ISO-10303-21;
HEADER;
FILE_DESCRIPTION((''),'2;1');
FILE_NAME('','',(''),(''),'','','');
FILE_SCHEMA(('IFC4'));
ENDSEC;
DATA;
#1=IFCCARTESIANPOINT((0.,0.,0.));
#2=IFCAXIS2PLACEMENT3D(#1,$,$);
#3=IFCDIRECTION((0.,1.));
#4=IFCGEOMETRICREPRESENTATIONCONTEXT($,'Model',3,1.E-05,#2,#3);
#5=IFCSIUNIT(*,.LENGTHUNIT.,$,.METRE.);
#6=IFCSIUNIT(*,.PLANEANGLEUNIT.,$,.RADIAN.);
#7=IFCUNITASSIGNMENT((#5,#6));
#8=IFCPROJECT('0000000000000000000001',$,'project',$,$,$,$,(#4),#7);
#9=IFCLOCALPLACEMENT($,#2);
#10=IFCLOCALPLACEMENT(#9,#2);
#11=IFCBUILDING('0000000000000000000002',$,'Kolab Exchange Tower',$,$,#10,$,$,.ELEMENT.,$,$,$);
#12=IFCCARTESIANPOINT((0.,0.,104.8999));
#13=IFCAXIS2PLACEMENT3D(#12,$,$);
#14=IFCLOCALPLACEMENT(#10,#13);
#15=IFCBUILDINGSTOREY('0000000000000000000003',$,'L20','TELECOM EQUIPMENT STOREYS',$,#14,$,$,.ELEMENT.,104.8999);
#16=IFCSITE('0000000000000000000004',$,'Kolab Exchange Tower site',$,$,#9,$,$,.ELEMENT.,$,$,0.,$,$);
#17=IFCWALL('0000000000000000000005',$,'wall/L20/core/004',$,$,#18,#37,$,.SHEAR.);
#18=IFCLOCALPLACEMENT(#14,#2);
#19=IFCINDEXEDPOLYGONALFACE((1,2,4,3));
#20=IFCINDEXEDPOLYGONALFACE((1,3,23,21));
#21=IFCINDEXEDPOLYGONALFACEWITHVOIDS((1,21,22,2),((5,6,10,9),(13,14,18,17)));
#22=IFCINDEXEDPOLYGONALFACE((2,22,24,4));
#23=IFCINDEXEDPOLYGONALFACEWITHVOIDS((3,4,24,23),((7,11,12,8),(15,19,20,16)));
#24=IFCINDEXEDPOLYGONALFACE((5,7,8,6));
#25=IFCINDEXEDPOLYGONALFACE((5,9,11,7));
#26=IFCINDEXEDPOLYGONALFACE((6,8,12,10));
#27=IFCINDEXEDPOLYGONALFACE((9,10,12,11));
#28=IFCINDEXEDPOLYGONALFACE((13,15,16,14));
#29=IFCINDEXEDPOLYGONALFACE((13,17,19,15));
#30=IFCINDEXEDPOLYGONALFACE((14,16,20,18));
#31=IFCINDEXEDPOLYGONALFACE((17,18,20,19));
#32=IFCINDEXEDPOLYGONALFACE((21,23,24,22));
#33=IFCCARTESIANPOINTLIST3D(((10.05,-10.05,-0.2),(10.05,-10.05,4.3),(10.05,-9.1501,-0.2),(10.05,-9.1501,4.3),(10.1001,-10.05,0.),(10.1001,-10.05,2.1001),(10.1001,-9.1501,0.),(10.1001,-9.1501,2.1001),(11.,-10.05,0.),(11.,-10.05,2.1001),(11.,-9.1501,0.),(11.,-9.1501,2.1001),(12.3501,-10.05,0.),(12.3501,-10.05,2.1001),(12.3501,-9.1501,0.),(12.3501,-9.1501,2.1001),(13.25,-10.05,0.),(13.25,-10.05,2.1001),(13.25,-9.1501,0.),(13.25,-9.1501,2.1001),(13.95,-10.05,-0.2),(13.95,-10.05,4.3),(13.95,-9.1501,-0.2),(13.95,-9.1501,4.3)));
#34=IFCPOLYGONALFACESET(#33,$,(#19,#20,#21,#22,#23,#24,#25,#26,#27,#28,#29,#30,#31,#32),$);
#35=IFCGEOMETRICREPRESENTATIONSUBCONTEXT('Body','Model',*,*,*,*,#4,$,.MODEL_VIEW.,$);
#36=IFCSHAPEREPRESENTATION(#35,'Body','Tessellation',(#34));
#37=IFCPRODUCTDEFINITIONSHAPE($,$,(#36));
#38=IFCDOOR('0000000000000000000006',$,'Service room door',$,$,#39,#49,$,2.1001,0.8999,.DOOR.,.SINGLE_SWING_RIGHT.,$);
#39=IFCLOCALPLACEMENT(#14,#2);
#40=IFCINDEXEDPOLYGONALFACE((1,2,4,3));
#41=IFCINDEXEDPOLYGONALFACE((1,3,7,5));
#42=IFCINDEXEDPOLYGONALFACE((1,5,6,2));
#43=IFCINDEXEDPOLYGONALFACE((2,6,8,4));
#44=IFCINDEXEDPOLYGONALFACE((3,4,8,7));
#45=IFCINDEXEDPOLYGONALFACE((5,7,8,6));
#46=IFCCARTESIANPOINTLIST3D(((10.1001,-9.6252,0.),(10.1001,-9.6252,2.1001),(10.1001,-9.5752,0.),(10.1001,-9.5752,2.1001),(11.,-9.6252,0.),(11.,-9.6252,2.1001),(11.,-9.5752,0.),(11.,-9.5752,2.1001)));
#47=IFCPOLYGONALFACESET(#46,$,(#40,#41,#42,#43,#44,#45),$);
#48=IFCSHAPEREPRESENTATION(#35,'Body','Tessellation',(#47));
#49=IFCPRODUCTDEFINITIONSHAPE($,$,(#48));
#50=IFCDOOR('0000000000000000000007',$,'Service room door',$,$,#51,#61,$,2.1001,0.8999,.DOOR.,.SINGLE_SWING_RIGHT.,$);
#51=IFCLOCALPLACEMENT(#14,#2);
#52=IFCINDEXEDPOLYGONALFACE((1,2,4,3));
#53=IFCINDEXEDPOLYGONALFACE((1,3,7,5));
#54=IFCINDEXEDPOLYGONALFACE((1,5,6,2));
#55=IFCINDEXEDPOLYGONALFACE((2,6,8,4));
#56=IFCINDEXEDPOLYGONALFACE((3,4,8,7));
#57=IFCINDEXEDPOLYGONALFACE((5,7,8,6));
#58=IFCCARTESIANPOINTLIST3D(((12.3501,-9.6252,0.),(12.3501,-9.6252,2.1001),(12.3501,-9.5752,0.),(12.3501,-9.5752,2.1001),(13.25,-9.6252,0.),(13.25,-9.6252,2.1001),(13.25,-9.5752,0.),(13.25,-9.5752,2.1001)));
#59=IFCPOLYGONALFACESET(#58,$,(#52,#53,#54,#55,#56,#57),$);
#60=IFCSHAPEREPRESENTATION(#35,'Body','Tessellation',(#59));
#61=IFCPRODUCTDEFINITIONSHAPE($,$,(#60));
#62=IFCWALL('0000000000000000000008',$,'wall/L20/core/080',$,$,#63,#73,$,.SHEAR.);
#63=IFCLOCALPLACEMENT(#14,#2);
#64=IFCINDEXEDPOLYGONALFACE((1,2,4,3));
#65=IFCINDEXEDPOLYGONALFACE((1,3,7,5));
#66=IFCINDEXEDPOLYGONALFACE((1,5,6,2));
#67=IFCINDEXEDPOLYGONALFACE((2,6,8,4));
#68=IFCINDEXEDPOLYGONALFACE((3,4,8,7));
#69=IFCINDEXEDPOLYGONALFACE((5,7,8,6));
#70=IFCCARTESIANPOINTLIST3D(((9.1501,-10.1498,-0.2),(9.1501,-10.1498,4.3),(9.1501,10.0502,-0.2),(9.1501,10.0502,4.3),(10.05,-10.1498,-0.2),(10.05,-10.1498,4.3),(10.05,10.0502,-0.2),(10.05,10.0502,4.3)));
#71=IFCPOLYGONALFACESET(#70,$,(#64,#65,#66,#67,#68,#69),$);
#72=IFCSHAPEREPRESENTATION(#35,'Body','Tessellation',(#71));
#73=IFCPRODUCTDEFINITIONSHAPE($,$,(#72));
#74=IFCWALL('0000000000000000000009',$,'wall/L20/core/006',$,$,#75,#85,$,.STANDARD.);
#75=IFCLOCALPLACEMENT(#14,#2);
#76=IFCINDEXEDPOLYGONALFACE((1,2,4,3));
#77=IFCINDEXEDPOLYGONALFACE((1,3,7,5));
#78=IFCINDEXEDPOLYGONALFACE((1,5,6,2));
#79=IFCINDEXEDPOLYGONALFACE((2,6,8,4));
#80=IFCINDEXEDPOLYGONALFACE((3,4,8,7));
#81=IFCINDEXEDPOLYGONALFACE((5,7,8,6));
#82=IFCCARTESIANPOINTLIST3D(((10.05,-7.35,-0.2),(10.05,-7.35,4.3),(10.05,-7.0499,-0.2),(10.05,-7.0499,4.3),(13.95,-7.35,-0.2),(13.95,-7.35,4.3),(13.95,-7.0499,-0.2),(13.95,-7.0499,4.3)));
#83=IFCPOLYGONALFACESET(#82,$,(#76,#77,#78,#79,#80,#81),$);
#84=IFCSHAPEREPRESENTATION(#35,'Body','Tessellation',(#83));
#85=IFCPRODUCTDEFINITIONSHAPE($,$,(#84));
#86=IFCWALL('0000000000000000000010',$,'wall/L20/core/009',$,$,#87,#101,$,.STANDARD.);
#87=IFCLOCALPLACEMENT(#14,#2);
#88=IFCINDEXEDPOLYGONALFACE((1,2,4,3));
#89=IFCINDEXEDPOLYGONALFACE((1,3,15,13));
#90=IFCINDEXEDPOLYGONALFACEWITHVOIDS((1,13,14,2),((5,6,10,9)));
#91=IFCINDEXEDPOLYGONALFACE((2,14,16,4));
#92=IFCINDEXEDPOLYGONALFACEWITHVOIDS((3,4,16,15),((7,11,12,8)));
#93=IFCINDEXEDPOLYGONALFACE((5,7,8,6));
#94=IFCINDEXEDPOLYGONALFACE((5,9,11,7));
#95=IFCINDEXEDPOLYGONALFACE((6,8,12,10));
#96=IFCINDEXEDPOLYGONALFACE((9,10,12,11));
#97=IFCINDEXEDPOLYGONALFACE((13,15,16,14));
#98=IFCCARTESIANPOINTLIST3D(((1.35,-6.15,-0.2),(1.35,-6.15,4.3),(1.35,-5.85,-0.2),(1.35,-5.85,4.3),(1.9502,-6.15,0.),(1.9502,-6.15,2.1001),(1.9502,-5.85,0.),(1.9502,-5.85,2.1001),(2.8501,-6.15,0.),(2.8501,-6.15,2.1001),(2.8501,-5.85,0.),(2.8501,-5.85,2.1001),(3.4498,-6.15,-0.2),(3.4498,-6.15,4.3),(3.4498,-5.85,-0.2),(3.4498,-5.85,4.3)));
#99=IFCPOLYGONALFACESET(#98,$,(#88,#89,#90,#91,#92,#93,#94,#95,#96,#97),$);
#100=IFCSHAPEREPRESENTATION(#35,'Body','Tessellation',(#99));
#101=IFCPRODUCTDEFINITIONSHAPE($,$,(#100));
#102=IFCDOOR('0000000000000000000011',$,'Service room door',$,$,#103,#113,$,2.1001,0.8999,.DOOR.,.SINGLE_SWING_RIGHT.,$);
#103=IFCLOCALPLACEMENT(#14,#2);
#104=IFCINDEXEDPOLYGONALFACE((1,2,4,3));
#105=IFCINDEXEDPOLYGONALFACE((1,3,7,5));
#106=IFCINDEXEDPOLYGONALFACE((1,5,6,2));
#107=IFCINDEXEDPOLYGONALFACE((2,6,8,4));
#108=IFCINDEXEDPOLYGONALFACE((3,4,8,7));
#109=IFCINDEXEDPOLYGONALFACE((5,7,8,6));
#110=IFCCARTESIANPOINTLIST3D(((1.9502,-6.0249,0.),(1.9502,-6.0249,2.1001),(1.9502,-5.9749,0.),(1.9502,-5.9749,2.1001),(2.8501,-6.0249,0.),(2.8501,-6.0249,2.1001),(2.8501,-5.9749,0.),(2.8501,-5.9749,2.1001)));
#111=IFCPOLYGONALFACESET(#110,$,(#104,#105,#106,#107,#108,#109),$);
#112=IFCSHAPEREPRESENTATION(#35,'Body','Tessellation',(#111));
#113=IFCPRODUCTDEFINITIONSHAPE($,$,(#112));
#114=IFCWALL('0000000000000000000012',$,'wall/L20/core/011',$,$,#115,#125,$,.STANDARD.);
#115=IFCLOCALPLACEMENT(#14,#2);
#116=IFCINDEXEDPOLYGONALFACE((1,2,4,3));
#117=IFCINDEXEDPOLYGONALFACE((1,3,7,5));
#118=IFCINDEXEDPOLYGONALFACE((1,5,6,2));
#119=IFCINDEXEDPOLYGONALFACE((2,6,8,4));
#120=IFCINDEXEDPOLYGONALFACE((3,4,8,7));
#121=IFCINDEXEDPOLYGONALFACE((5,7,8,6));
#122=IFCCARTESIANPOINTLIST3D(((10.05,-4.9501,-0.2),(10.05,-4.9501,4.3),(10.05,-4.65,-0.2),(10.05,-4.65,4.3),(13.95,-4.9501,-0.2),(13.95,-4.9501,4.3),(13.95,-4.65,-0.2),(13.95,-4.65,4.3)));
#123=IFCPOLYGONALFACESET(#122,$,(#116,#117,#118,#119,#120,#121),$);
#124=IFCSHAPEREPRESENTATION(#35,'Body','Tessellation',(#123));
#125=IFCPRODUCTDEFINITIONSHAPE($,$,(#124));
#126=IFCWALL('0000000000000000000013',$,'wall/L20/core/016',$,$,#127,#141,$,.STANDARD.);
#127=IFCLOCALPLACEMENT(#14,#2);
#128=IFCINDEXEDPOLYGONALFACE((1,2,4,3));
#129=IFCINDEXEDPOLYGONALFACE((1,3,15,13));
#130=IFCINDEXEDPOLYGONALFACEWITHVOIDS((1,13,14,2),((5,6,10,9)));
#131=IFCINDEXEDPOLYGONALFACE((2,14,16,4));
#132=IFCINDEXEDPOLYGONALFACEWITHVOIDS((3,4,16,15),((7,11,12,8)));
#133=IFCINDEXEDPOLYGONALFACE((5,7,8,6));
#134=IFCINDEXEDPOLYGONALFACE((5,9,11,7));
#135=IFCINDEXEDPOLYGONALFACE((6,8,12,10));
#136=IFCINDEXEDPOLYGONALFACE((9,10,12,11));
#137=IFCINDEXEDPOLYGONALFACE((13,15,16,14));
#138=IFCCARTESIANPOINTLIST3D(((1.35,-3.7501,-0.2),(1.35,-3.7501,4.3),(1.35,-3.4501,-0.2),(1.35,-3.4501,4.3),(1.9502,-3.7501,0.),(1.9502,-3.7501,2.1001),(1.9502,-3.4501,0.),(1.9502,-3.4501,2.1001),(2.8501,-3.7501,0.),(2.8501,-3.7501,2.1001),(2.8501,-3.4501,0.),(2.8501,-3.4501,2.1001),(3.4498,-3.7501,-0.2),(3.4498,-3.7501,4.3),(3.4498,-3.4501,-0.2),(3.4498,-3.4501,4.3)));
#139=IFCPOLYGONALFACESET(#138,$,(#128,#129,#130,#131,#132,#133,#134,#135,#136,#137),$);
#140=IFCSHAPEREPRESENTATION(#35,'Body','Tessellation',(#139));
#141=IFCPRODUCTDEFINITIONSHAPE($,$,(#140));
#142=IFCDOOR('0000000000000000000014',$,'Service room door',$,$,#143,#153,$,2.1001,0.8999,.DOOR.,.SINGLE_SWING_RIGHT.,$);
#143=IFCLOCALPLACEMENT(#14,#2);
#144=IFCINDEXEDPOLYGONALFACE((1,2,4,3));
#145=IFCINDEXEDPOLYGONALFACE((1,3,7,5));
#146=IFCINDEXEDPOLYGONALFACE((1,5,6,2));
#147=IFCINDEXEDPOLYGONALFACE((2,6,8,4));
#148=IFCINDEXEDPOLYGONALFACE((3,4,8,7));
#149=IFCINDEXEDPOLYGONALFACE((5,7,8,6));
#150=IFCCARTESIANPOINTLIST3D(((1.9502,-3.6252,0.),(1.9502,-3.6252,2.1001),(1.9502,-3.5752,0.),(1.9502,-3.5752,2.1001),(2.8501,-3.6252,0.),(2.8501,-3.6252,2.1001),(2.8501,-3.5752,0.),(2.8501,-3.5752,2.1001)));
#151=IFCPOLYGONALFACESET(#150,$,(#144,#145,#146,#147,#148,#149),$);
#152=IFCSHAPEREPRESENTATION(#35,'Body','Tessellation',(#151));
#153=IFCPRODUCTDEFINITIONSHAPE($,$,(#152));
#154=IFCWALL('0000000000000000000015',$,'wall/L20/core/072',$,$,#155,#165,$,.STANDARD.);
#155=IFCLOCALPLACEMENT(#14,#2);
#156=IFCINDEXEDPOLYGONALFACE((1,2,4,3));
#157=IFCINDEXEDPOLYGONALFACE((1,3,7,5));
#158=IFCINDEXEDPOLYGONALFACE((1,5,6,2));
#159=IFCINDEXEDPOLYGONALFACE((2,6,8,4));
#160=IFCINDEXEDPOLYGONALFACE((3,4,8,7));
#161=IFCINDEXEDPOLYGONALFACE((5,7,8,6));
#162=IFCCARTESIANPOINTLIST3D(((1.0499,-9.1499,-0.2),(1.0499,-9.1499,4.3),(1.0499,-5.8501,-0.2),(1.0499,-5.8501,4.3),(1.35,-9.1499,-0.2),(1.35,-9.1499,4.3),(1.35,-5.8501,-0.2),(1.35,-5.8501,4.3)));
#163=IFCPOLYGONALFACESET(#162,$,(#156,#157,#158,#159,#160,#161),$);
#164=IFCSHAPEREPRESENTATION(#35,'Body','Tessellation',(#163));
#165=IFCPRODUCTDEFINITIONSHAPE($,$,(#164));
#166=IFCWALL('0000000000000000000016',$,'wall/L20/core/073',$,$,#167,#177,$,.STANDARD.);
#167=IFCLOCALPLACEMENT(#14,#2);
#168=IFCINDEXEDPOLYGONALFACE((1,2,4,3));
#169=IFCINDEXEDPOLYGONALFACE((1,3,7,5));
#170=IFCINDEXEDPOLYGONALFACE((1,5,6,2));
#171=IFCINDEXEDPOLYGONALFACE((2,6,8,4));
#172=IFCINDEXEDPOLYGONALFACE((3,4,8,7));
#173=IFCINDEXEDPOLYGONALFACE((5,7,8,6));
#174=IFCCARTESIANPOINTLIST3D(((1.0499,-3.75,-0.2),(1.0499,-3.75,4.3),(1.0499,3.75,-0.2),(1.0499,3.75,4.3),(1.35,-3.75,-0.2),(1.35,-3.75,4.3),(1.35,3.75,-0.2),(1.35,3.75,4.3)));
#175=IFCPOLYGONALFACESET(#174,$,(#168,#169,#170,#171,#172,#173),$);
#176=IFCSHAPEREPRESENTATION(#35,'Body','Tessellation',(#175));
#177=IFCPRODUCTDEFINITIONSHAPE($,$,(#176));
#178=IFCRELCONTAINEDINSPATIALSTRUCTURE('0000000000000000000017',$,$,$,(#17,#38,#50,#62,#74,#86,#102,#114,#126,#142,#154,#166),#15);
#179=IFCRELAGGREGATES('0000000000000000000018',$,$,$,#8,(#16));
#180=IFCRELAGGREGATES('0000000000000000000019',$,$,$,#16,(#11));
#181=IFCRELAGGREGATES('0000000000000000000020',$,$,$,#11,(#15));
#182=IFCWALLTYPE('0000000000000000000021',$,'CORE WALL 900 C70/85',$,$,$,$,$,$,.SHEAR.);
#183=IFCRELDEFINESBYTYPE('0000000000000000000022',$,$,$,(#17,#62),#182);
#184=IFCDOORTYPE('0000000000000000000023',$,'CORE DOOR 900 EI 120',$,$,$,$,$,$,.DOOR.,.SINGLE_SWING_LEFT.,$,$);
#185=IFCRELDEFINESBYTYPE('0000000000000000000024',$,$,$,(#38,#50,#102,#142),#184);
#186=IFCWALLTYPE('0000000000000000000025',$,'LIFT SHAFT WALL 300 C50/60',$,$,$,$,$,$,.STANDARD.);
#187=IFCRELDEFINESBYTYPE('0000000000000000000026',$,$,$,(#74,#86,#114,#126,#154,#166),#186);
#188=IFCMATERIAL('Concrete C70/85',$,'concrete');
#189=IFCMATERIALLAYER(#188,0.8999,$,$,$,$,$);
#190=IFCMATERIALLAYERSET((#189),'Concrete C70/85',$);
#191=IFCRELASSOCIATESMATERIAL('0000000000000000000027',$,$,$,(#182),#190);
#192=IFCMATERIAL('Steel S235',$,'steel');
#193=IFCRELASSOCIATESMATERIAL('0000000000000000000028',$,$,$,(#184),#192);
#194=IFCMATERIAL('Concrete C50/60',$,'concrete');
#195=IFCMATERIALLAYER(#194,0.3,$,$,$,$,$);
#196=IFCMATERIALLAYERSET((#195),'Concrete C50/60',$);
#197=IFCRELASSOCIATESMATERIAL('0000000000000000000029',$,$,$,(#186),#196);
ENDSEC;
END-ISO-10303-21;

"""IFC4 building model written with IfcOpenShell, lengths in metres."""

from ifc_helpers import new_model, si_unit, direction, frame, frame_2d, origin, place, context, subcontext, project, spatial, rectangle, extrude, material, layer, layer_set, type_object, element, fill, save


model = new_model("IFC4")

# Units and contexts
model_context = context("Model", 3, precision=1e-05, world=origin(), true_north=direction((0.0, 1.0)))
body_context = subcontext(model_context, "Body", "Model", "MODEL_VIEW")
ifc_project = project(units=[si_unit("LENGTHUNIT", "METRE"), si_unit("PLANEANGLEUNIT", "RADIAN")], contexts=[model_context])

# Site, building, storey
site_placement = place(None, origin())
site = spatial("IfcSite", under=ifc_project, at=site_placement, Name="Kolab Exchange Tower site", CompositionType="ELEMENT", RefElevation=0.0)
building_placement = place(site_placement, origin())
building = spatial("IfcBuilding", under=site, at=building_placement, Name="Kolab Exchange Tower", CompositionType="ELEMENT")
storey_placement = place(building_placement, frame((0.0, 0.0, 104.8999)))
storey = spatial("IfcBuildingStorey", under=building, at=storey_placement, Name="L20", Description="TELECOM EQUIPMENT STOREYS", CompositionType="ELEMENT", Elevation=104.8999)

# Wall, openings, doors
ifc_material_1 = material(Name="Concrete C70/85", Category="concrete")
ifc_layer_1 = layer(ifc_material_1, 0.8999)
ifc_layer_set_1 = layer_set([ifc_layer_1], Name="Concrete C70/85")
wall_type_1 = type_object("IfcWallType", Name="CORE WALL 900 C70/85", PredefinedType="SHEAR", material=ifc_layer_set_1)
wall_1_placement = place(storey_placement, frame((10.05, -9.6001, -0.2), z_axis=(0.0, 0.0, 1.0), x_axis=(1.0, 0.0, 0.0)))
wall_1 = element("IfcWall", 1, at=wall_1_placement, inside=storey, type_object=wall_type_1, Name="wall/L20/core/004", PredefinedType="SHEAR", context=body_context, shape_type="SweptSolid", body=[
    extrude(rectangle(XDim=3.8999, YDim=0.8999, at=frame_2d((1.95, 0.0))), origin(), (0.0, 0.0, 1.0), 4.5),
])
opening_1_placement = place(wall_1_placement, frame((0.05, 0.0, 0.2)))
opening_1 = element("IfcOpeningElement", 2, at=opening_1_placement, cuts=wall_1, PredefinedType="OPENING", context=body_context, shape_type="SweptSolid", body=[
    extrude(rectangle(XDim=0.8999, YDim=2.1001, at=frame_2d((0.45, 1.05))), frame((0.0, 0.46, 0.0), z_axis=(0.0, -1.0, 0.0), x_axis=(1.0, 0.0, 0.0)), (0.0, 0.0, 1.0), 0.9199),
])
opening_2_placement = place(wall_1_placement, frame((2.3, 0.0, 0.2)))
opening_2 = element("IfcOpeningElement", 3, at=opening_2_placement, cuts=wall_1, PredefinedType="OPENING", context=body_context, shape_type="SweptSolid", body=[
    extrude(rectangle(XDim=0.8999, YDim=2.1001, at=frame_2d((0.45, 1.05))), frame((0.0, 0.46, 0.0), z_axis=(0.0, -1.0, 0.0), x_axis=(1.0, 0.0, 0.0)), (0.0, 0.0, 1.0), 0.9199),
])
ifc_material_2 = material(Name="Steel S235", Category="steel")
door_type_1 = type_object("IfcDoorType", Name="CORE DOOR 900 EI 120", OperationType="SINGLE_SWING_LEFT", PredefinedType="DOOR", material=ifc_material_2)
door_1_placement = place(opening_1_placement, origin())
door_1 = element("IfcDoor", 4, at=door_1_placement, inside=storey, type_object=door_type_1, Name="Service room door", OperationType="SINGLE_SWING_RIGHT", OverallHeight=2.1001, OverallWidth=0.8999, PredefinedType="DOOR", context=body_context, shape_type="SweptSolid", body=[
    extrude(rectangle(XDim=0.8999, YDim=2.1001, at=frame_2d((0.45, 1.05))), frame((0.0, 0.0249, 0.0), z_axis=(0.0, -1.0, 0.0), x_axis=(1.0, 0.0, 0.0)), (0.0, 0.0, 1.0), 0.05),
])
fill(opening_1, door_1)
door_2_placement = place(opening_2_placement, origin())
door_2 = element("IfcDoor", 5, at=door_2_placement, inside=storey, type_object=door_type_1, Name="Service room door", OperationType="SINGLE_SWING_RIGHT", OverallHeight=2.1001, OverallWidth=0.8999, PredefinedType="DOOR", context=body_context, shape_type="SweptSolid", body=[
    extrude(rectangle(XDim=0.8999, YDim=2.1001, at=frame_2d((0.45, 1.05))), frame((0.0, 0.0249, 0.0), z_axis=(0.0, -1.0, 0.0), x_axis=(1.0, 0.0, 0.0)), (0.0, 0.0, 1.0), 0.05),
])
fill(opening_2, door_2)

# Walls
wall_2_placement = place(storey_placement, frame((9.6001, -10.1499, -0.2), z_axis=(0.0, 0.0, 1.0), x_axis=(0.0, 1.0, 0.0)))
element("IfcWall", 6, at=wall_2_placement, inside=storey, type_object=wall_type_1, Name="wall/L20/core/080", PredefinedType="SHEAR", context=body_context, shape_type="SweptSolid", body=[
    extrude(rectangle(XDim=20.2, YDim=0.8999, at=frame_2d((10.1001, 0.0))), origin(), (0.0, 0.0, 1.0), 4.5),
])
ifc_material_3 = material(Name="Concrete C50/60", Category="concrete")
ifc_layer_2 = layer(ifc_material_3, 0.3)
ifc_layer_set_2 = layer_set([ifc_layer_2], Name="Concrete C50/60")
wall_type_2 = type_object("IfcWallType", Name="LIFT SHAFT WALL 300 C50/60", PredefinedType="STANDARD", material=ifc_layer_set_2)
wall_3_placement = place(storey_placement, frame((10.05, -7.2, -0.2), z_axis=(0.0, 0.0, 1.0), x_axis=(1.0, 0.0, 0.0)))
element("IfcWall", 7, at=wall_3_placement, inside=storey, type_object=wall_type_2, Name="wall/L20/core/006", PredefinedType="STANDARD", context=body_context, shape_type="SweptSolid", body=[
    extrude(rectangle(XDim=3.8999, YDim=0.3, at=frame_2d((1.95, 0.0))), origin(), (0.0, 0.0, 1.0), 4.5),
])

# Wall, opening, door
wall_4_placement = place(storey_placement, frame((1.3501, -6.0, -0.2), z_axis=(0.0, 0.0, 1.0), x_axis=(1.0, 0.0, 0.0)))
wall_4 = element("IfcWall", 8, at=wall_4_placement, inside=storey, type_object=wall_type_2, Name="wall/L20/core/009", PredefinedType="STANDARD", context=body_context, shape_type="SweptSolid", body=[
    extrude(rectangle(XDim=2.0999, YDim=0.3, at=frame_2d((1.0498, 0.0))), origin(), (0.0, 0.0, 1.0), 4.5),
])
opening_3_placement = place(wall_4_placement, frame((0.6001, 0.0, 0.2)))
opening_3 = element("IfcOpeningElement", 9, at=opening_3_placement, cuts=wall_4, PredefinedType="OPENING", context=body_context, shape_type="SweptSolid", body=[
    extrude(rectangle(XDim=0.8999, YDim=2.1001, at=frame_2d((0.45, 1.05))), frame((0.0, 0.1602, 0.0), z_axis=(0.0, -1.0, 0.0), x_axis=(1.0, 0.0, 0.0)), (0.0, 0.0, 1.0), 0.3201),
])
door_3_placement = place(opening_3_placement, frame((0.8999, 0.0, 0.0), z_axis=(0.0, 0.0, 1.0), x_axis=(-1.0, 0.0, 0.0)))
door_3 = element("IfcDoor", 10, at=door_3_placement, inside=storey, type_object=door_type_1, Name="Service room door", OperationType="SINGLE_SWING_RIGHT", OverallHeight=2.1001, OverallWidth=0.8999, PredefinedType="DOOR", context=body_context, shape_type="SweptSolid", body=[
    extrude(rectangle(XDim=0.8999, YDim=2.1001, at=frame_2d((0.45, 1.05))), frame((0.0, 0.0249, 0.0), z_axis=(0.0, -1.0, 0.0), x_axis=(1.0, 0.0, 0.0)), (0.0, 0.0, 1.0), 0.05),
])
fill(opening_3, door_3)

# Wall
wall_5_placement = place(storey_placement, frame((10.05, -4.8, -0.2), z_axis=(0.0, 0.0, 1.0), x_axis=(1.0, 0.0, 0.0)))
element("IfcWall", 11, at=wall_5_placement, inside=storey, type_object=wall_type_2, Name="wall/L20/core/011", PredefinedType="STANDARD", context=body_context, shape_type="SweptSolid", body=[
    extrude(rectangle(XDim=3.8999, YDim=0.3, at=frame_2d((1.95, 0.0))), origin(), (0.0, 0.0, 1.0), 4.5),
])

# Wall, opening, door
wall_6_placement = place(storey_placement, frame((1.3501, -3.6001, -0.2), z_axis=(0.0, 0.0, 1.0), x_axis=(1.0, 0.0, 0.0)))
wall_6 = element("IfcWall", 12, at=wall_6_placement, inside=storey, type_object=wall_type_2, Name="wall/L20/core/016", PredefinedType="STANDARD", context=body_context, shape_type="SweptSolid", body=[
    extrude(rectangle(XDim=2.0999, YDim=0.3, at=frame_2d((1.0498, 0.0))), origin(), (0.0, 0.0, 1.0), 4.5),
])
opening_4_placement = place(wall_6_placement, frame((0.6001, 0.0, 0.2)))
opening_4 = element("IfcOpeningElement", 13, at=opening_4_placement, cuts=wall_6, PredefinedType="OPENING", context=body_context, shape_type="SweptSolid", body=[
    extrude(rectangle(XDim=0.8999, YDim=2.1001, at=frame_2d((0.45, 1.05))), frame((0.0, 0.1602, 0.0), z_axis=(0.0, -1.0, 0.0), x_axis=(1.0, 0.0, 0.0)), (0.0, 0.0, 1.0), 0.3201),
])
door_4_placement = place(opening_4_placement, origin())
door_4 = element("IfcDoor", 14, at=door_4_placement, inside=storey, type_object=door_type_1, Name="Service room door", OperationType="SINGLE_SWING_RIGHT", OverallHeight=2.1001, OverallWidth=0.8999, PredefinedType="DOOR", context=body_context, shape_type="SweptSolid", body=[
    extrude(rectangle(XDim=0.8999, YDim=2.1001, at=frame_2d((0.45, 1.05))), frame((0.0, 0.0249, 0.0), z_axis=(0.0, -1.0, 0.0), x_axis=(1.0, 0.0, 0.0)), (0.0, 0.0, 1.0), 0.05),
])
fill(opening_4, door_4)

# Walls
wall_7_placement = place(storey_placement, frame((1.2, -9.1499, -0.2), z_axis=(0.0, 0.0, 1.0), x_axis=(0.0, 1.0, 0.0)))
element("IfcWall", 15, at=wall_7_placement, inside=storey, type_object=wall_type_2, Name="wall/L20/core/072", PredefinedType="STANDARD", context=body_context, shape_type="SweptSolid", body=[
    extrude(rectangle(XDim=3.2998, YDim=0.3, at=frame_2d((1.6499, 0.0))), origin(), (0.0, 0.0, 1.0), 4.5),
])
wall_8_placement = place(storey_placement, frame((1.2, -3.75, -0.2), z_axis=(0.0, 0.0, 1.0), x_axis=(0.0, 1.0, 0.0)))
element("IfcWall", 16, at=wall_8_placement, inside=storey, type_object=wall_type_2, Name="wall/L20/core/073", PredefinedType="STANDARD", context=body_context, shape_type="SweptSolid", body=[
    extrude(rectangle(XDim=7.5, YDim=0.3, at=frame_2d((3.75, 0.0))), origin(), (0.0, 0.0, 1.0), 4.5),
])

save(model, "model.ifc")
